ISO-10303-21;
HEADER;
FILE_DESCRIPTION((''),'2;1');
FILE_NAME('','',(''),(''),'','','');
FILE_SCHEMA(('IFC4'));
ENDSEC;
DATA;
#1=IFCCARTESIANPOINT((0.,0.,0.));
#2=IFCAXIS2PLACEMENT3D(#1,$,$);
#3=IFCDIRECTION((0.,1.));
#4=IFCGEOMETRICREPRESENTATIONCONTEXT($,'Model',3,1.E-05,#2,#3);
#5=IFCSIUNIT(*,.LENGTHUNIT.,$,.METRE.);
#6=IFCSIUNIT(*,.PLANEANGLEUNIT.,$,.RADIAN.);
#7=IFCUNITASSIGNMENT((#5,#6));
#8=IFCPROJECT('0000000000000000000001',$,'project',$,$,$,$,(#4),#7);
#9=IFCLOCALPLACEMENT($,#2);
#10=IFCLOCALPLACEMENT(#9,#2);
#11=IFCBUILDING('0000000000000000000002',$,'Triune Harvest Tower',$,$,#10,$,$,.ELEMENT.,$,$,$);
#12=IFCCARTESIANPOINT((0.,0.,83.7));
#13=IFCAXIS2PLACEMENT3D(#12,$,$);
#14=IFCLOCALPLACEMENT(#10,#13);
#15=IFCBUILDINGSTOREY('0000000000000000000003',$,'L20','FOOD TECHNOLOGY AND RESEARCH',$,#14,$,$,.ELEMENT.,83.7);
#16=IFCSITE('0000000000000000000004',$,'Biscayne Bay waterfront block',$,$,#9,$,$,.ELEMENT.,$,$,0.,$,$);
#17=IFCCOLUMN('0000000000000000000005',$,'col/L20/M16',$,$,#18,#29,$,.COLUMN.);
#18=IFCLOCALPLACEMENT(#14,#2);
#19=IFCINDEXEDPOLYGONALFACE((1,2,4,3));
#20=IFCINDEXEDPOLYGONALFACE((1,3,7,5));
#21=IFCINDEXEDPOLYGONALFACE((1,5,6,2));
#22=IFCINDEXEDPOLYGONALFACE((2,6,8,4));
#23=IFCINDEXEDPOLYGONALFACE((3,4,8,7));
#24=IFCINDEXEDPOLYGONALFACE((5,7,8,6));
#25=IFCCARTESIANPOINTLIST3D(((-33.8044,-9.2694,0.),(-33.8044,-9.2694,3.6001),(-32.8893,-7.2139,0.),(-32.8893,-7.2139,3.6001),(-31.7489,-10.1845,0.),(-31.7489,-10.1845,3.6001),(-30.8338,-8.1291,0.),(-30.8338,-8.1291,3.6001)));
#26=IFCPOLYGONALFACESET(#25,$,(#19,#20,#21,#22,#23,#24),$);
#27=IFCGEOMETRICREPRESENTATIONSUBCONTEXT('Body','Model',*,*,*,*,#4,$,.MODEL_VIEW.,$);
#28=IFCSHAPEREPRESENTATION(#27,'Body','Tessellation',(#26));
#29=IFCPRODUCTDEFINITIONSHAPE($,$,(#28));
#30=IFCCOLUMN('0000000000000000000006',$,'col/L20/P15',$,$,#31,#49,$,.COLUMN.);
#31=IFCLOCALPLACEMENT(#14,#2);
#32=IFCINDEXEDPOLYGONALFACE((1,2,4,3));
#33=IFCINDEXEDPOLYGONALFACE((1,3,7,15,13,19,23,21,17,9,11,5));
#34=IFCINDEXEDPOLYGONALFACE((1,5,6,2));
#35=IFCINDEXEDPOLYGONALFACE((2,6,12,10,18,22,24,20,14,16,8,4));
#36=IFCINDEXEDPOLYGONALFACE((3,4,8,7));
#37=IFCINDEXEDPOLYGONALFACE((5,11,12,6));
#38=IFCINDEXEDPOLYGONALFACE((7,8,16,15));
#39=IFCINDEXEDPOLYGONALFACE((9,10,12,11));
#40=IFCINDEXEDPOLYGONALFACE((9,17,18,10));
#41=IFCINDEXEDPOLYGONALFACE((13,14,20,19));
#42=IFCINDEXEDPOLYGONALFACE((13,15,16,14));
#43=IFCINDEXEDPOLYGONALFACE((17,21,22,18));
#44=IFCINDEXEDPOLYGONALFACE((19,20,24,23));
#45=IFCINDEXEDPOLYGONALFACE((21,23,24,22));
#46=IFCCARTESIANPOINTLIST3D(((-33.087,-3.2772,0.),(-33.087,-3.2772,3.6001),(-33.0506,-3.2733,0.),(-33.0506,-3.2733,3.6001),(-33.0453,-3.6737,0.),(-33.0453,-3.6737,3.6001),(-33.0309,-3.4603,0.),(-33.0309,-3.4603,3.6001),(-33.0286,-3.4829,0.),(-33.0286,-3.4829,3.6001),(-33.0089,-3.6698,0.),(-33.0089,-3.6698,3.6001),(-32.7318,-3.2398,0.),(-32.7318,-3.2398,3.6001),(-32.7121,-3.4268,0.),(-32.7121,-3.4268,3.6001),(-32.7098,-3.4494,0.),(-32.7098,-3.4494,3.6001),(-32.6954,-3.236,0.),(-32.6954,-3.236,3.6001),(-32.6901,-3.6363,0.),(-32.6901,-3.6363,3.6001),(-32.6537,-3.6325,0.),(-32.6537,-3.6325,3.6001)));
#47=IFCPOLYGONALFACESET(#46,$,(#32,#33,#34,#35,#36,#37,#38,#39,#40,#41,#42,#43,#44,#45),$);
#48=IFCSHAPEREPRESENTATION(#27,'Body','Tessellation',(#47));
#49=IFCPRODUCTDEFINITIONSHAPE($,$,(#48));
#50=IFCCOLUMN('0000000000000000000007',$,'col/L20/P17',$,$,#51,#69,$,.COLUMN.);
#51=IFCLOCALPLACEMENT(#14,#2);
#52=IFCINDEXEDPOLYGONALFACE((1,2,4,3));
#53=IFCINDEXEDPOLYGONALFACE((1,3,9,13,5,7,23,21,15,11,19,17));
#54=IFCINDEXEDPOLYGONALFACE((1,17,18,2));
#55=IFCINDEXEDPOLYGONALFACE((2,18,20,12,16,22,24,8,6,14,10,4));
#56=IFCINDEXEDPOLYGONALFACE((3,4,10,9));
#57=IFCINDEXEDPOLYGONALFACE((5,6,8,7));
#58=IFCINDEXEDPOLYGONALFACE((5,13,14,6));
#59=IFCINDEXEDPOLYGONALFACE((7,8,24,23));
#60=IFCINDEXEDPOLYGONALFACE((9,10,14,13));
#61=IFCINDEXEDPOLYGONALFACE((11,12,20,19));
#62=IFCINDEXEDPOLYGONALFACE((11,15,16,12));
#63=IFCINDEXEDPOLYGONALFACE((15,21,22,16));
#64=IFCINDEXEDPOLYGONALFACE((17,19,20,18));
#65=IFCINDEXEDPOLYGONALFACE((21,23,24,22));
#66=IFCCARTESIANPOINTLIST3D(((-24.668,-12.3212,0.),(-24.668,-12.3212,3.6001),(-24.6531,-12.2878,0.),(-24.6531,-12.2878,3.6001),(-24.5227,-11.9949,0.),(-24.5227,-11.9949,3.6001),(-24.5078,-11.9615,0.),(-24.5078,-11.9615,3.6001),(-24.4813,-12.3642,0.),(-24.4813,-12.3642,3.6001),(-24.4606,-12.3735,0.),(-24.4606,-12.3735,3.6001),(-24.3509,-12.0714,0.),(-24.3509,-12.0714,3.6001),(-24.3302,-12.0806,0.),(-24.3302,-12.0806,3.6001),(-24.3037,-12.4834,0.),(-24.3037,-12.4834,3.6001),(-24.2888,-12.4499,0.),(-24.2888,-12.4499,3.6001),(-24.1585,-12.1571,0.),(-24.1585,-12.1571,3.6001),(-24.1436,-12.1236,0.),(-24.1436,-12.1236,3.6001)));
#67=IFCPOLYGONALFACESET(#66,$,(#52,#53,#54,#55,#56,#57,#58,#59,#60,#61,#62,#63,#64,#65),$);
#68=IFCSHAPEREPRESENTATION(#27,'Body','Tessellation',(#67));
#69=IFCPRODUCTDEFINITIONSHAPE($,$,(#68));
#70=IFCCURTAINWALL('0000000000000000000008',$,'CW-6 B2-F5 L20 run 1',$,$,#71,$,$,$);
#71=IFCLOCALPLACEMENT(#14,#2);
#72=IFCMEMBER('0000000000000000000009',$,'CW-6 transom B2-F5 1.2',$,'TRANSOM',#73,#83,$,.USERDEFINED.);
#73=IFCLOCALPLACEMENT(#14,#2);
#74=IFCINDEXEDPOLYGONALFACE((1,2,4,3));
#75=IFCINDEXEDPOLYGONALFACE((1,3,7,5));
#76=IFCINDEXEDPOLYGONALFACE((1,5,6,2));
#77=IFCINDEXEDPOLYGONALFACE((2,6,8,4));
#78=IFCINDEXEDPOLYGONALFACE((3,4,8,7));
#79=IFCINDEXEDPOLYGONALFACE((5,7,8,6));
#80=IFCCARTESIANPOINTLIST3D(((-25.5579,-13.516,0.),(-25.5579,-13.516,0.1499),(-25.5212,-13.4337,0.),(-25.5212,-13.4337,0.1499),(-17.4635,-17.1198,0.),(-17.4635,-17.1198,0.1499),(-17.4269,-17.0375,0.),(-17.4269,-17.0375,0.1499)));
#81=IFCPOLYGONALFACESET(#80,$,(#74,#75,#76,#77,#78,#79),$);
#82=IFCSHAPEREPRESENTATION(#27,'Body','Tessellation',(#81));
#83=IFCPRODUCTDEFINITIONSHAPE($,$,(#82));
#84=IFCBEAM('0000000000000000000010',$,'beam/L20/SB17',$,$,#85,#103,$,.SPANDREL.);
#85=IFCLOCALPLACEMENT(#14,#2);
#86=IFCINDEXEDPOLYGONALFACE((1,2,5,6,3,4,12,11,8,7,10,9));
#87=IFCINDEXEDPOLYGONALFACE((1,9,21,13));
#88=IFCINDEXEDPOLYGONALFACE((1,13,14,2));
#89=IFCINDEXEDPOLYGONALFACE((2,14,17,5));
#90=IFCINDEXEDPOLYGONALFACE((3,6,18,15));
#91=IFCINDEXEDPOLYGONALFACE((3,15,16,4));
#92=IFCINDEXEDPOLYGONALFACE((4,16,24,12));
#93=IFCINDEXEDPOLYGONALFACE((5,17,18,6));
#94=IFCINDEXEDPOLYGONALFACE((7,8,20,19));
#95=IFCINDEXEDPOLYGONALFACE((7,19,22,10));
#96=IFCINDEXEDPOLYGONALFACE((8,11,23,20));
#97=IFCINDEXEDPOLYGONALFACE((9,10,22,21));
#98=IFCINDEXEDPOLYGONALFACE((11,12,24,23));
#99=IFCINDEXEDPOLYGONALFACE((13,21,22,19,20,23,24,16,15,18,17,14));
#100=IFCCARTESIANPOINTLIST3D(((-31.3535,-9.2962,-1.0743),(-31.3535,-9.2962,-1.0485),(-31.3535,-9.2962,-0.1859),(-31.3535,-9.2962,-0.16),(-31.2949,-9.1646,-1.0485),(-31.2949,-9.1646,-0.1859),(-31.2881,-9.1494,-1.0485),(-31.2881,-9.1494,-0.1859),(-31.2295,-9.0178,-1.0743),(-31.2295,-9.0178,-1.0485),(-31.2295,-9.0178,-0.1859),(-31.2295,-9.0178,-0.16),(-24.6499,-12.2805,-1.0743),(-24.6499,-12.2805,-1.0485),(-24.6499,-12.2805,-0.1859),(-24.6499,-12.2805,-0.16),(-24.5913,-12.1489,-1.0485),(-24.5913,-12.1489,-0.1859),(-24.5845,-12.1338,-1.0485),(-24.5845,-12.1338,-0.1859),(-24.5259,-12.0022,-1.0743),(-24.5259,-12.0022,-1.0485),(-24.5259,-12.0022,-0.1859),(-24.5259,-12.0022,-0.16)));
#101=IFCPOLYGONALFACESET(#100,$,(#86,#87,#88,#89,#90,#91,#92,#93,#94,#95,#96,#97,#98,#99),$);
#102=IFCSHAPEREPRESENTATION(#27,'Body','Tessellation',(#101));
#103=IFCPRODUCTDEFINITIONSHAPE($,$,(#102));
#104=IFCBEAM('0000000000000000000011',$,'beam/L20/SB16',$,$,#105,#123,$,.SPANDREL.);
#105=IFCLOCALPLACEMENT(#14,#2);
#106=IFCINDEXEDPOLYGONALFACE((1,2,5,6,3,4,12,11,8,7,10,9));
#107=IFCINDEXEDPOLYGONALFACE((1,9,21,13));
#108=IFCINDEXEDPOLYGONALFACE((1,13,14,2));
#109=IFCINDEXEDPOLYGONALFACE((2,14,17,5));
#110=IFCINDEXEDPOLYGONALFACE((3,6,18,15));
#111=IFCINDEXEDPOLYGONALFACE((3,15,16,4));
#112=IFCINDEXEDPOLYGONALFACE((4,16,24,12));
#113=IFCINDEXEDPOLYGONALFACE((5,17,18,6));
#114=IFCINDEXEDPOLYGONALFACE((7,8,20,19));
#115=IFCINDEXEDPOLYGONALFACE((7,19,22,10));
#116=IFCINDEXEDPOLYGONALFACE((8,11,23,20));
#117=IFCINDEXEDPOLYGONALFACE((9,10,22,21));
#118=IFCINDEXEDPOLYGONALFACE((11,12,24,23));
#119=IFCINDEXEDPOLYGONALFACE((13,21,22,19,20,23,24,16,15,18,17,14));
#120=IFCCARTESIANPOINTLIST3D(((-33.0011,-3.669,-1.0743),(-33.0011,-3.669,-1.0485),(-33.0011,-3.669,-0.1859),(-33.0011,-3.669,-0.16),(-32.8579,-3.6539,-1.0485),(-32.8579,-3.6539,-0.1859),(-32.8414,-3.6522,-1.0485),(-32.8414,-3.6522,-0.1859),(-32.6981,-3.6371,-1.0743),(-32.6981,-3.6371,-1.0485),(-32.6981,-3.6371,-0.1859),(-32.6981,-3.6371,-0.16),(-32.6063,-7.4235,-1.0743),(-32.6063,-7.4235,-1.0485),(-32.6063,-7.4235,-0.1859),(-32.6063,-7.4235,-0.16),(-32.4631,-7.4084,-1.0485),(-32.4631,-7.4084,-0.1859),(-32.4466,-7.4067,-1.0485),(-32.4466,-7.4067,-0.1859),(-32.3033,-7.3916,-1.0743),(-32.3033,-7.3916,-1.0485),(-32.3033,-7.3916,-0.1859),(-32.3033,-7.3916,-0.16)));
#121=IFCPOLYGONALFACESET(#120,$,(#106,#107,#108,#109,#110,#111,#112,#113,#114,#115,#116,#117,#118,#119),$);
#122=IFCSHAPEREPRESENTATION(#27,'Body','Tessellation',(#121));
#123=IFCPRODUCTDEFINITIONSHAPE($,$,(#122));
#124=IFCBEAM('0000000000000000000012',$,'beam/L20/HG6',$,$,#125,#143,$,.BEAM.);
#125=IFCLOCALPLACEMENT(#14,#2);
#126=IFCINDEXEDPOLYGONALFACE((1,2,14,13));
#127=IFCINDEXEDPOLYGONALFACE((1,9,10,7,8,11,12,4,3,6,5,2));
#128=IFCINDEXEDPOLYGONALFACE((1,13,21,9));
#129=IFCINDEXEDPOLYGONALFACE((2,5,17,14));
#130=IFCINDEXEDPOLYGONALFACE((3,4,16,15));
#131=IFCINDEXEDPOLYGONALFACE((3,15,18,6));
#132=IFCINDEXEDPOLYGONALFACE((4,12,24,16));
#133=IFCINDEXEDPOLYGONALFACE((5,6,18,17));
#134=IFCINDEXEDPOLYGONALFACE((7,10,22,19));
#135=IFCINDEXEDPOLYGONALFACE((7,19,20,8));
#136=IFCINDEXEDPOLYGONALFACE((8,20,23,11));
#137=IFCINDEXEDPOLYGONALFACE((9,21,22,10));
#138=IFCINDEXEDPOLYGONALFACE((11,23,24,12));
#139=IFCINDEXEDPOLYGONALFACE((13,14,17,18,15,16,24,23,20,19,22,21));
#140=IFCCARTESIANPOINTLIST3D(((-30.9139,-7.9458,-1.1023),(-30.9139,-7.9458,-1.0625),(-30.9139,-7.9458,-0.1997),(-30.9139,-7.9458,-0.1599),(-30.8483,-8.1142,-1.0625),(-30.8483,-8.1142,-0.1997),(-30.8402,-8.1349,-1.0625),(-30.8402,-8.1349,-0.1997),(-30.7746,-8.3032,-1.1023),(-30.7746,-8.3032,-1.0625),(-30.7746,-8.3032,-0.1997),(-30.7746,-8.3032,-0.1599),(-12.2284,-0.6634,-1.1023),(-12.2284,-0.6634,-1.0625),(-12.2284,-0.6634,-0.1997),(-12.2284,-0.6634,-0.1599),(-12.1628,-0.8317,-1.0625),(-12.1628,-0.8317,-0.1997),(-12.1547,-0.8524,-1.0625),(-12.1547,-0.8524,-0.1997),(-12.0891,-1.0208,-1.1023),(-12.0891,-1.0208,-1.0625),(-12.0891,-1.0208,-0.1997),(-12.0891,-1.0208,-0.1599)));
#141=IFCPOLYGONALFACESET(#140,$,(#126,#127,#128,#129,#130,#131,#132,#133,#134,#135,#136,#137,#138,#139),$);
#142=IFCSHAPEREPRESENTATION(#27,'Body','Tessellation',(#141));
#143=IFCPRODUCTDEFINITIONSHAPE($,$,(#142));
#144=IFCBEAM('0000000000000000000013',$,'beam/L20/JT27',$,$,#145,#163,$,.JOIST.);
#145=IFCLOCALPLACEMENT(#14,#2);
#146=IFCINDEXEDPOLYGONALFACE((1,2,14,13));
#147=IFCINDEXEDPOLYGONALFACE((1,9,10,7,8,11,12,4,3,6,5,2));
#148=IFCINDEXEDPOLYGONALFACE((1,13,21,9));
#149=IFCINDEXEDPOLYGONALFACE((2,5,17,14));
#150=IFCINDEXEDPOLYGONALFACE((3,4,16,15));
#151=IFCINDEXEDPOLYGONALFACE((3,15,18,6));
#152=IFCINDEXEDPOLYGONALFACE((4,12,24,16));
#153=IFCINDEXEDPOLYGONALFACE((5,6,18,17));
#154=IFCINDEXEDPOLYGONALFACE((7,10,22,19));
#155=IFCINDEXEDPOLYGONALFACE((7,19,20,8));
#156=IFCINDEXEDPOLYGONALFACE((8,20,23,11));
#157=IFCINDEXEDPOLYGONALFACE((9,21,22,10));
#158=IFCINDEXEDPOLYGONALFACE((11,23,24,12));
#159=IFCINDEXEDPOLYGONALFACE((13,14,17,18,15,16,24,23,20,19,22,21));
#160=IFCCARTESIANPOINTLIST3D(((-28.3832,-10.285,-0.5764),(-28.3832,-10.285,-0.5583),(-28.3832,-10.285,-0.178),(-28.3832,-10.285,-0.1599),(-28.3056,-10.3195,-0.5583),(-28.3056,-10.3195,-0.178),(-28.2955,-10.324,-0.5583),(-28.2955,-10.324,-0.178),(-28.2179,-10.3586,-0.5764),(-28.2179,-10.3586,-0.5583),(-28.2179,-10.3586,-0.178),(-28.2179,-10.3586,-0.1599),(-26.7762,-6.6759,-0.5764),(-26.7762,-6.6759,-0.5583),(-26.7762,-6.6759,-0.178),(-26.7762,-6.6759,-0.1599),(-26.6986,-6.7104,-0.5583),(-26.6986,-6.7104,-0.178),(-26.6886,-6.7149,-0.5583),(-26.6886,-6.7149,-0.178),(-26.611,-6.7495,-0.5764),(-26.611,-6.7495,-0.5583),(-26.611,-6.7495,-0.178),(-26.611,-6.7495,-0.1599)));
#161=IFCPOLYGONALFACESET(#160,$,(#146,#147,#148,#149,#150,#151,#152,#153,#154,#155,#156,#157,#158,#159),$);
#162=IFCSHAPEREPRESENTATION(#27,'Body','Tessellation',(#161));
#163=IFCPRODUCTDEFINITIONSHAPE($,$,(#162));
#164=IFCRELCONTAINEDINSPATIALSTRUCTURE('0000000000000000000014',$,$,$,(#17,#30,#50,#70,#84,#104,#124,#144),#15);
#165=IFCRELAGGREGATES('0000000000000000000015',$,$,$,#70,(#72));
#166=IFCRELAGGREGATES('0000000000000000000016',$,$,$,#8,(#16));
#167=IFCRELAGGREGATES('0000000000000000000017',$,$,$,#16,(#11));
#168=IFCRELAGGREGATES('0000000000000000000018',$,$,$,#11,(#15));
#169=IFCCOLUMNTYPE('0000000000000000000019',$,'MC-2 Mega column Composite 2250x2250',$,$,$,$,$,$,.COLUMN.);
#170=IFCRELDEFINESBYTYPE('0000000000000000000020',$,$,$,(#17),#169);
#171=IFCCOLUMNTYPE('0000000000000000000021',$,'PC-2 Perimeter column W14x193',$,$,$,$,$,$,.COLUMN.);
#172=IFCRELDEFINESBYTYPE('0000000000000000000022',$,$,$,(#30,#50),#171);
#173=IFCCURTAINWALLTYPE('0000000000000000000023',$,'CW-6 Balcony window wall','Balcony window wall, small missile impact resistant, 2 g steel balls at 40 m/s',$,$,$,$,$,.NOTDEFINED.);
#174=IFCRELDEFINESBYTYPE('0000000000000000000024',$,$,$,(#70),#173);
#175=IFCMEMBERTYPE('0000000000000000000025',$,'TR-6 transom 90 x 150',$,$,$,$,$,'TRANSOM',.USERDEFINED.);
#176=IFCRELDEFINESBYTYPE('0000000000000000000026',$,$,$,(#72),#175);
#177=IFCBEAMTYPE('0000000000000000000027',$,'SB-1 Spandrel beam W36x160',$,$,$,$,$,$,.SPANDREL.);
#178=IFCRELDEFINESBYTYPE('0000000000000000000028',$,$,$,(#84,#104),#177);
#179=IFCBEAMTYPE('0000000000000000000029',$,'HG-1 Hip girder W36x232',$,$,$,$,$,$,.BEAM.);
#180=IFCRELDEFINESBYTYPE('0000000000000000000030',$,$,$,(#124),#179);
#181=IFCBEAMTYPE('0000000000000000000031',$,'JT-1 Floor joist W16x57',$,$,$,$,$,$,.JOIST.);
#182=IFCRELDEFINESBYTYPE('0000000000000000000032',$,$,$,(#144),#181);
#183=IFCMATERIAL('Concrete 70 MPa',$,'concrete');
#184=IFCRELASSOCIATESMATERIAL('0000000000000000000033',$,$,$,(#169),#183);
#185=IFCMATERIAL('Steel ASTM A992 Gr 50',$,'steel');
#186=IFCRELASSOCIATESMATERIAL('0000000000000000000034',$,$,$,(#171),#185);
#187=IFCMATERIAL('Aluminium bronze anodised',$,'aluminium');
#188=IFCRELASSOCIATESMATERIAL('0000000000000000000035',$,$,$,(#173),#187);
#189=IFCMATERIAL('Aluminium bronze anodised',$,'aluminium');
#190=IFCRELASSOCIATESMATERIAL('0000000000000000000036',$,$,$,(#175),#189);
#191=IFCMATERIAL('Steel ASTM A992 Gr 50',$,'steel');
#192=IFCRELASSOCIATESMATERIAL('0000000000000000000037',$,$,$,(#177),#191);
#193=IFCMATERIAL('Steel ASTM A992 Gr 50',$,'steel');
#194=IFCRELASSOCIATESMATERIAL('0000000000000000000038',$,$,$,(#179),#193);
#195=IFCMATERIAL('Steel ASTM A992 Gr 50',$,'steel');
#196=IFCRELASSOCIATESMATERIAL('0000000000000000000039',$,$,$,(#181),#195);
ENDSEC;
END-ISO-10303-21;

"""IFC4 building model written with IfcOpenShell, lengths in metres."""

from ifc_helpers import new_model, si_unit, direction, frame, origin, origin_2d, place, context, subcontext, project, spatial, rectangle, i_section, extrude, source, transform, mapped, material, material_profile, profile_set, type_object, element, aggregate, save


model = new_model("IFC4")

# Units and contexts
model_context = context("Model", 3, precision=1e-05, world=origin(), true_north=direction((0.0, 1.0)))
body_context = subcontext(model_context, "Body", "Model", "MODEL_VIEW")
ifc_project = project(units=[si_unit("LENGTHUNIT", "METRE"), si_unit("PLANEANGLEUNIT", "RADIAN")], contexts=[model_context])

# Site, building, storey
site_placement = place(None, origin())
site = spatial("IfcSite", under=ifc_project, at=site_placement, Name="Biscayne Bay waterfront block", CompositionType="ELEMENT", RefElevation=0.0)
building_placement = place(site_placement, origin())
building = spatial("IfcBuilding", under=site, at=building_placement, Name="Triune Harvest Tower", CompositionType="ELEMENT")
storey_placement = place(building_placement, frame((0.0, 0.0, 83.7)))
storey = spatial("IfcBuildingStorey", under=building, at=storey_placement, Name="L20", Description="FOOD TECHNOLOGY AND RESEARCH", CompositionType="ELEMENT", Elevation=83.7)

# Columns
ifc_material_1 = material(Name="Concrete 70 MPa", Category="concrete")
ifc_material_profile_1 = material_profile(ifc_material_1, rectangle(XDim=2.25, YDim=2.25, at=origin_2d()), Name="Composite 2250x2250")
ifc_profile_set_1 = profile_set([ifc_material_profile_1], Name="Concrete 70 MPa")
column_type_1 = type_object("IfcColumnType", Name="MC-2 Mega column Composite 2250x2250", PredefinedType="COLUMN", material=ifc_profile_set_1)
shared_shape_1 = source(origin(), body_context, "Body", "SweptSolid", [
    extrude(rectangle(XDim=2.25, YDim=2.25, at=origin_2d()), origin(), (0.0, 0.0, 1.0), 3.6001),
])
column_placement = place(storey_placement, frame((-32.3191, -8.6992, 0.0), z_axis=(0.0, 0.0, 1.0), x_axis=(0.913545, -0.406737, 0.0)))
element("IfcColumn", 1, at=column_placement, inside=storey, type_object=column_type_1, Name="col/L20/M16", PredefinedType="COLUMN", context=body_context, shape_type="MappedRepresentation", body=[
    mapped(shared_shape_1, transform((0.0, 0.0, 0.0), scale=1.0)),
])
ifc_material_2 = material(Name="Steel ASTM A992 Gr 50", Category="steel")
ifc_material_profile_2 = material_profile(ifc_material_2, i_section(OverallWidth=0.3987, OverallDepth=0.3938, WebThickness=0.0227, FlangeThickness=0.0366, at=origin_2d()), Name="W14x193")
ifc_profile_set_2 = profile_set([ifc_material_profile_2], Name="Steel ASTM A992 Gr 50")
column_type_2 = type_object("IfcColumnType", Name="PC-2 Perimeter column W14x193", PredefinedType="COLUMN", material=ifc_profile_set_2)
shared_shape_2 = source(origin(), body_context, "Body", "SweptSolid", [
    extrude(i_section(OverallWidth=0.3987, OverallDepth=0.3938, WebThickness=0.0227, FlangeThickness=0.0366, at=origin_2d()), origin(), (0.0, 0.0, 1.0), 3.6001),
])
for number, where, z_axis, x_axis, name in (
    (2, (-32.8704, -3.4548, 0.0), (0.0, 0.0, 1.0), (0.104528, -0.994522, 0.0), "col/L20/P15"),
    (3, (-24.4058, -12.2224, 0.0), (0.0, 0.0, 1.0), (0.913545, -0.406737, 0.0), "col/L20/P17"),
):
    element("IfcColumn", number, at=place(storey_placement, frame(where, z_axis=z_axis, x_axis=x_axis)), inside=storey, type_object=column_type_2, Name=name, PredefinedType="COLUMN", context=body_context, shape_type="MappedRepresentation", body=[
        mapped(shared_shape_2, transform((0.0, 0.0, 0.0), scale=1.0)),
    ])

# Curtain wall, member
ifc_material_3 = material(Name="Aluminium bronze anodised", Category="aluminium")
curtain_wall_type_1 = type_object("IfcCurtainWallType", Name="CW-6 Balcony window wall", Description="Balcony window wall, small missile impact resistant, 2 g steel balls at 40 m/s", PredefinedType="NOTDEFINED", material=ifc_material_3)
curtain_wall_1_placement = place(storey_placement, origin())
curtain_wall_1 = element("IfcCurtainWall", 4, at=curtain_wall_1_placement, inside=storey, type_object=curtain_wall_type_1, Name="CW-6 B2-F5 L20 run 1")
ifc_material_4 = material(Name="Aluminium bronze anodised", Category="aluminium")
ifc_material_profile_3 = material_profile(ifc_material_4, rectangle(XDim=0.0901, YDim=0.1499, at=origin_2d()), Name="TR-6 transom 90 x 150")
ifc_profile_set_3 = profile_set([ifc_material_profile_3], Name="Aluminium bronze anodised")
member_type_1 = type_object("IfcMemberType", Name="TR-6 transom 90 x 150", ElementType="TRANSOM", PredefinedType="USERDEFINED", material=ifc_profile_set_3)
member_1_placement = place(storey_placement, frame((-25.5396, -13.4749, 0.075), z_axis=(0.913547, -0.406734, 0.0), x_axis=(0.406734, 0.913547, 0.0)))
member_1 = element("IfcMember", 5, at=member_1_placement, type_object=member_type_1, Name="CW-6 transom B2-F5 1.2", ObjectType="TRANSOM", PredefinedType="USERDEFINED", context=body_context, shape_type="SweptSolid", body=[
    extrude(rectangle(XDim=0.0901, YDim=0.1499, at=origin_2d()), origin(), (0.0, 0.0, 1.0), 8.8604),
])

# Beams
ifc_material_5 = material(Name="Steel ASTM A992 Gr 50", Category="steel")
ifc_material_profile_4 = material_profile(ifc_material_5, i_section(OverallWidth=0.3047, OverallDepth=0.9143, WebThickness=0.0166, FlangeThickness=0.0259, at=origin_2d()), Name="W36x160")
ifc_profile_set_4 = profile_set([ifc_material_profile_4], Name="Steel ASTM A992 Gr 50")
beam_type_1 = type_object("IfcBeamType", Name="SB-1 Spandrel beam W36x160", PredefinedType="SPANDREL", material=ifc_profile_set_4)
shared_shape_3 = source(origin(), body_context, "Body", "SweptSolid", [
    extrude(i_section(OverallWidth=0.3047, OverallDepth=0.9143, WebThickness=0.0166, FlangeThickness=0.0259, at=origin_2d()), origin(), (0.0, 0.0, 1.0), 7.3379),
])
beam_1_placement = place(storey_placement, frame((-31.2915, -9.157, -0.6172), z_axis=(0.913559, -0.406706, 0.0), x_axis=(0.406706, 0.913559, 0.0)))
element("IfcBeam", 6, at=beam_1_placement, inside=storey, type_object=beam_type_1, Name="beam/L20/SB17", PredefinedType="SPANDREL", context=body_context, shape_type="MappedRepresentation", body=[
    mapped(shared_shape_3, transform((0.0, 0.0, 0.0), scale=1.0)),
])
shared_shape_4 = source(origin(), body_context, "Body", "SweptSolid", [
    extrude(i_section(OverallWidth=0.3047, OverallDepth=0.9143, WebThickness=0.0166, FlangeThickness=0.0259, at=origin_2d()), origin(), (0.0, 0.0, 1.0), 3.7751),
])
beam_2_placement = place(storey_placement, frame((-32.8496, -3.6531, -0.6172), z_axis=(0.104574, -0.994517, 0.0), x_axis=(0.994517, 0.104574, 0.0)))
element("IfcBeam", 7, at=beam_2_placement, inside=storey, type_object=beam_type_1, Name="beam/L20/SB16", PredefinedType="SPANDREL", context=body_context, shape_type="MappedRepresentation", body=[
    mapped(shared_shape_4, transform((0.0, 0.0, 0.0), scale=1.0)),
])
ifc_material_6 = material(Name="Steel ASTM A992 Gr 50", Category="steel")
ifc_material_profile_5 = material_profile(ifc_material_6, i_section(OverallWidth=0.3835, OverallDepth=0.9424, WebThickness=0.0222, FlangeThickness=0.0398, at=origin_2d()), Name="W36x232")
ifc_profile_set_5 = profile_set([ifc_material_profile_5], Name="Steel ASTM A992 Gr 50")
beam_type_2 = type_object("IfcBeamType", Name="HG-1 Hip girder W36x232", PredefinedType="BEAM", material=ifc_profile_set_5)
shared_shape_5 = source(origin(), body_context, "Body", "SweptSolid", [
    extrude(i_section(OverallWidth=0.3835, OverallDepth=0.9424, WebThickness=0.0222, FlangeThickness=0.0398, at=origin_2d()), origin(), (0.0, 0.0, 1.0), 20.0544),
])
beam_3_placement = place(storey_placement, frame((-30.8442, -8.1245, -0.6311), z_axis=(0.931737, 0.363134, 0.0), x_axis=(-0.363134, 0.931737, 0.0)))
element("IfcBeam", 8, at=beam_3_placement, inside=storey, type_object=beam_type_2, Name="beam/L20/HG6", PredefinedType="BEAM", context=body_context, shape_type="MappedRepresentation", body=[
    mapped(shared_shape_5, transform((0.0, 0.0, 0.0), scale=1.0)),
])
ifc_material_7 = material(Name="Steel ASTM A992 Gr 50", Category="steel")
ifc_material_profile_6 = material_profile(ifc_material_7, i_section(OverallWidth=0.1809, OverallDepth=0.4165, WebThickness=0.011, FlangeThickness=0.0181, at=origin_2d()), Name="W16x57")
ifc_profile_set_6 = profile_set([ifc_material_profile_6], Name="Steel ASTM A992 Gr 50")
beam_type_3 = type_object("IfcBeamType", Name="JT-1 Floor joist W16x57", PredefinedType="JOIST", material=ifc_profile_set_6)
shared_shape_6 = source(origin(), body_context, "Body", "SweptSolid", [
    extrude(i_section(OverallWidth=0.1809, OverallDepth=0.4165, WebThickness=0.011, FlangeThickness=0.0181, at=origin_2d()), origin(), (0.0, 0.0, 1.0), 3.9507),
])
beam_4_placement = place(storey_placement, frame((-28.3005, -10.3218, -0.3682), z_axis=(0.406746, 0.913541, 0.0), x_axis=(-0.913541, 0.406746, 0.0)))
element("IfcBeam", 9, at=beam_4_placement, inside=storey, type_object=beam_type_3, Name="beam/L20/JT27", PredefinedType="JOIST", context=body_context, shape_type="MappedRepresentation", body=[
    mapped(shared_shape_6, transform((0.0, 0.0, 0.0), scale=1.0)),
])

aggregate(curtain_wall_1, [member_1])

save(model, "model.ifc")
